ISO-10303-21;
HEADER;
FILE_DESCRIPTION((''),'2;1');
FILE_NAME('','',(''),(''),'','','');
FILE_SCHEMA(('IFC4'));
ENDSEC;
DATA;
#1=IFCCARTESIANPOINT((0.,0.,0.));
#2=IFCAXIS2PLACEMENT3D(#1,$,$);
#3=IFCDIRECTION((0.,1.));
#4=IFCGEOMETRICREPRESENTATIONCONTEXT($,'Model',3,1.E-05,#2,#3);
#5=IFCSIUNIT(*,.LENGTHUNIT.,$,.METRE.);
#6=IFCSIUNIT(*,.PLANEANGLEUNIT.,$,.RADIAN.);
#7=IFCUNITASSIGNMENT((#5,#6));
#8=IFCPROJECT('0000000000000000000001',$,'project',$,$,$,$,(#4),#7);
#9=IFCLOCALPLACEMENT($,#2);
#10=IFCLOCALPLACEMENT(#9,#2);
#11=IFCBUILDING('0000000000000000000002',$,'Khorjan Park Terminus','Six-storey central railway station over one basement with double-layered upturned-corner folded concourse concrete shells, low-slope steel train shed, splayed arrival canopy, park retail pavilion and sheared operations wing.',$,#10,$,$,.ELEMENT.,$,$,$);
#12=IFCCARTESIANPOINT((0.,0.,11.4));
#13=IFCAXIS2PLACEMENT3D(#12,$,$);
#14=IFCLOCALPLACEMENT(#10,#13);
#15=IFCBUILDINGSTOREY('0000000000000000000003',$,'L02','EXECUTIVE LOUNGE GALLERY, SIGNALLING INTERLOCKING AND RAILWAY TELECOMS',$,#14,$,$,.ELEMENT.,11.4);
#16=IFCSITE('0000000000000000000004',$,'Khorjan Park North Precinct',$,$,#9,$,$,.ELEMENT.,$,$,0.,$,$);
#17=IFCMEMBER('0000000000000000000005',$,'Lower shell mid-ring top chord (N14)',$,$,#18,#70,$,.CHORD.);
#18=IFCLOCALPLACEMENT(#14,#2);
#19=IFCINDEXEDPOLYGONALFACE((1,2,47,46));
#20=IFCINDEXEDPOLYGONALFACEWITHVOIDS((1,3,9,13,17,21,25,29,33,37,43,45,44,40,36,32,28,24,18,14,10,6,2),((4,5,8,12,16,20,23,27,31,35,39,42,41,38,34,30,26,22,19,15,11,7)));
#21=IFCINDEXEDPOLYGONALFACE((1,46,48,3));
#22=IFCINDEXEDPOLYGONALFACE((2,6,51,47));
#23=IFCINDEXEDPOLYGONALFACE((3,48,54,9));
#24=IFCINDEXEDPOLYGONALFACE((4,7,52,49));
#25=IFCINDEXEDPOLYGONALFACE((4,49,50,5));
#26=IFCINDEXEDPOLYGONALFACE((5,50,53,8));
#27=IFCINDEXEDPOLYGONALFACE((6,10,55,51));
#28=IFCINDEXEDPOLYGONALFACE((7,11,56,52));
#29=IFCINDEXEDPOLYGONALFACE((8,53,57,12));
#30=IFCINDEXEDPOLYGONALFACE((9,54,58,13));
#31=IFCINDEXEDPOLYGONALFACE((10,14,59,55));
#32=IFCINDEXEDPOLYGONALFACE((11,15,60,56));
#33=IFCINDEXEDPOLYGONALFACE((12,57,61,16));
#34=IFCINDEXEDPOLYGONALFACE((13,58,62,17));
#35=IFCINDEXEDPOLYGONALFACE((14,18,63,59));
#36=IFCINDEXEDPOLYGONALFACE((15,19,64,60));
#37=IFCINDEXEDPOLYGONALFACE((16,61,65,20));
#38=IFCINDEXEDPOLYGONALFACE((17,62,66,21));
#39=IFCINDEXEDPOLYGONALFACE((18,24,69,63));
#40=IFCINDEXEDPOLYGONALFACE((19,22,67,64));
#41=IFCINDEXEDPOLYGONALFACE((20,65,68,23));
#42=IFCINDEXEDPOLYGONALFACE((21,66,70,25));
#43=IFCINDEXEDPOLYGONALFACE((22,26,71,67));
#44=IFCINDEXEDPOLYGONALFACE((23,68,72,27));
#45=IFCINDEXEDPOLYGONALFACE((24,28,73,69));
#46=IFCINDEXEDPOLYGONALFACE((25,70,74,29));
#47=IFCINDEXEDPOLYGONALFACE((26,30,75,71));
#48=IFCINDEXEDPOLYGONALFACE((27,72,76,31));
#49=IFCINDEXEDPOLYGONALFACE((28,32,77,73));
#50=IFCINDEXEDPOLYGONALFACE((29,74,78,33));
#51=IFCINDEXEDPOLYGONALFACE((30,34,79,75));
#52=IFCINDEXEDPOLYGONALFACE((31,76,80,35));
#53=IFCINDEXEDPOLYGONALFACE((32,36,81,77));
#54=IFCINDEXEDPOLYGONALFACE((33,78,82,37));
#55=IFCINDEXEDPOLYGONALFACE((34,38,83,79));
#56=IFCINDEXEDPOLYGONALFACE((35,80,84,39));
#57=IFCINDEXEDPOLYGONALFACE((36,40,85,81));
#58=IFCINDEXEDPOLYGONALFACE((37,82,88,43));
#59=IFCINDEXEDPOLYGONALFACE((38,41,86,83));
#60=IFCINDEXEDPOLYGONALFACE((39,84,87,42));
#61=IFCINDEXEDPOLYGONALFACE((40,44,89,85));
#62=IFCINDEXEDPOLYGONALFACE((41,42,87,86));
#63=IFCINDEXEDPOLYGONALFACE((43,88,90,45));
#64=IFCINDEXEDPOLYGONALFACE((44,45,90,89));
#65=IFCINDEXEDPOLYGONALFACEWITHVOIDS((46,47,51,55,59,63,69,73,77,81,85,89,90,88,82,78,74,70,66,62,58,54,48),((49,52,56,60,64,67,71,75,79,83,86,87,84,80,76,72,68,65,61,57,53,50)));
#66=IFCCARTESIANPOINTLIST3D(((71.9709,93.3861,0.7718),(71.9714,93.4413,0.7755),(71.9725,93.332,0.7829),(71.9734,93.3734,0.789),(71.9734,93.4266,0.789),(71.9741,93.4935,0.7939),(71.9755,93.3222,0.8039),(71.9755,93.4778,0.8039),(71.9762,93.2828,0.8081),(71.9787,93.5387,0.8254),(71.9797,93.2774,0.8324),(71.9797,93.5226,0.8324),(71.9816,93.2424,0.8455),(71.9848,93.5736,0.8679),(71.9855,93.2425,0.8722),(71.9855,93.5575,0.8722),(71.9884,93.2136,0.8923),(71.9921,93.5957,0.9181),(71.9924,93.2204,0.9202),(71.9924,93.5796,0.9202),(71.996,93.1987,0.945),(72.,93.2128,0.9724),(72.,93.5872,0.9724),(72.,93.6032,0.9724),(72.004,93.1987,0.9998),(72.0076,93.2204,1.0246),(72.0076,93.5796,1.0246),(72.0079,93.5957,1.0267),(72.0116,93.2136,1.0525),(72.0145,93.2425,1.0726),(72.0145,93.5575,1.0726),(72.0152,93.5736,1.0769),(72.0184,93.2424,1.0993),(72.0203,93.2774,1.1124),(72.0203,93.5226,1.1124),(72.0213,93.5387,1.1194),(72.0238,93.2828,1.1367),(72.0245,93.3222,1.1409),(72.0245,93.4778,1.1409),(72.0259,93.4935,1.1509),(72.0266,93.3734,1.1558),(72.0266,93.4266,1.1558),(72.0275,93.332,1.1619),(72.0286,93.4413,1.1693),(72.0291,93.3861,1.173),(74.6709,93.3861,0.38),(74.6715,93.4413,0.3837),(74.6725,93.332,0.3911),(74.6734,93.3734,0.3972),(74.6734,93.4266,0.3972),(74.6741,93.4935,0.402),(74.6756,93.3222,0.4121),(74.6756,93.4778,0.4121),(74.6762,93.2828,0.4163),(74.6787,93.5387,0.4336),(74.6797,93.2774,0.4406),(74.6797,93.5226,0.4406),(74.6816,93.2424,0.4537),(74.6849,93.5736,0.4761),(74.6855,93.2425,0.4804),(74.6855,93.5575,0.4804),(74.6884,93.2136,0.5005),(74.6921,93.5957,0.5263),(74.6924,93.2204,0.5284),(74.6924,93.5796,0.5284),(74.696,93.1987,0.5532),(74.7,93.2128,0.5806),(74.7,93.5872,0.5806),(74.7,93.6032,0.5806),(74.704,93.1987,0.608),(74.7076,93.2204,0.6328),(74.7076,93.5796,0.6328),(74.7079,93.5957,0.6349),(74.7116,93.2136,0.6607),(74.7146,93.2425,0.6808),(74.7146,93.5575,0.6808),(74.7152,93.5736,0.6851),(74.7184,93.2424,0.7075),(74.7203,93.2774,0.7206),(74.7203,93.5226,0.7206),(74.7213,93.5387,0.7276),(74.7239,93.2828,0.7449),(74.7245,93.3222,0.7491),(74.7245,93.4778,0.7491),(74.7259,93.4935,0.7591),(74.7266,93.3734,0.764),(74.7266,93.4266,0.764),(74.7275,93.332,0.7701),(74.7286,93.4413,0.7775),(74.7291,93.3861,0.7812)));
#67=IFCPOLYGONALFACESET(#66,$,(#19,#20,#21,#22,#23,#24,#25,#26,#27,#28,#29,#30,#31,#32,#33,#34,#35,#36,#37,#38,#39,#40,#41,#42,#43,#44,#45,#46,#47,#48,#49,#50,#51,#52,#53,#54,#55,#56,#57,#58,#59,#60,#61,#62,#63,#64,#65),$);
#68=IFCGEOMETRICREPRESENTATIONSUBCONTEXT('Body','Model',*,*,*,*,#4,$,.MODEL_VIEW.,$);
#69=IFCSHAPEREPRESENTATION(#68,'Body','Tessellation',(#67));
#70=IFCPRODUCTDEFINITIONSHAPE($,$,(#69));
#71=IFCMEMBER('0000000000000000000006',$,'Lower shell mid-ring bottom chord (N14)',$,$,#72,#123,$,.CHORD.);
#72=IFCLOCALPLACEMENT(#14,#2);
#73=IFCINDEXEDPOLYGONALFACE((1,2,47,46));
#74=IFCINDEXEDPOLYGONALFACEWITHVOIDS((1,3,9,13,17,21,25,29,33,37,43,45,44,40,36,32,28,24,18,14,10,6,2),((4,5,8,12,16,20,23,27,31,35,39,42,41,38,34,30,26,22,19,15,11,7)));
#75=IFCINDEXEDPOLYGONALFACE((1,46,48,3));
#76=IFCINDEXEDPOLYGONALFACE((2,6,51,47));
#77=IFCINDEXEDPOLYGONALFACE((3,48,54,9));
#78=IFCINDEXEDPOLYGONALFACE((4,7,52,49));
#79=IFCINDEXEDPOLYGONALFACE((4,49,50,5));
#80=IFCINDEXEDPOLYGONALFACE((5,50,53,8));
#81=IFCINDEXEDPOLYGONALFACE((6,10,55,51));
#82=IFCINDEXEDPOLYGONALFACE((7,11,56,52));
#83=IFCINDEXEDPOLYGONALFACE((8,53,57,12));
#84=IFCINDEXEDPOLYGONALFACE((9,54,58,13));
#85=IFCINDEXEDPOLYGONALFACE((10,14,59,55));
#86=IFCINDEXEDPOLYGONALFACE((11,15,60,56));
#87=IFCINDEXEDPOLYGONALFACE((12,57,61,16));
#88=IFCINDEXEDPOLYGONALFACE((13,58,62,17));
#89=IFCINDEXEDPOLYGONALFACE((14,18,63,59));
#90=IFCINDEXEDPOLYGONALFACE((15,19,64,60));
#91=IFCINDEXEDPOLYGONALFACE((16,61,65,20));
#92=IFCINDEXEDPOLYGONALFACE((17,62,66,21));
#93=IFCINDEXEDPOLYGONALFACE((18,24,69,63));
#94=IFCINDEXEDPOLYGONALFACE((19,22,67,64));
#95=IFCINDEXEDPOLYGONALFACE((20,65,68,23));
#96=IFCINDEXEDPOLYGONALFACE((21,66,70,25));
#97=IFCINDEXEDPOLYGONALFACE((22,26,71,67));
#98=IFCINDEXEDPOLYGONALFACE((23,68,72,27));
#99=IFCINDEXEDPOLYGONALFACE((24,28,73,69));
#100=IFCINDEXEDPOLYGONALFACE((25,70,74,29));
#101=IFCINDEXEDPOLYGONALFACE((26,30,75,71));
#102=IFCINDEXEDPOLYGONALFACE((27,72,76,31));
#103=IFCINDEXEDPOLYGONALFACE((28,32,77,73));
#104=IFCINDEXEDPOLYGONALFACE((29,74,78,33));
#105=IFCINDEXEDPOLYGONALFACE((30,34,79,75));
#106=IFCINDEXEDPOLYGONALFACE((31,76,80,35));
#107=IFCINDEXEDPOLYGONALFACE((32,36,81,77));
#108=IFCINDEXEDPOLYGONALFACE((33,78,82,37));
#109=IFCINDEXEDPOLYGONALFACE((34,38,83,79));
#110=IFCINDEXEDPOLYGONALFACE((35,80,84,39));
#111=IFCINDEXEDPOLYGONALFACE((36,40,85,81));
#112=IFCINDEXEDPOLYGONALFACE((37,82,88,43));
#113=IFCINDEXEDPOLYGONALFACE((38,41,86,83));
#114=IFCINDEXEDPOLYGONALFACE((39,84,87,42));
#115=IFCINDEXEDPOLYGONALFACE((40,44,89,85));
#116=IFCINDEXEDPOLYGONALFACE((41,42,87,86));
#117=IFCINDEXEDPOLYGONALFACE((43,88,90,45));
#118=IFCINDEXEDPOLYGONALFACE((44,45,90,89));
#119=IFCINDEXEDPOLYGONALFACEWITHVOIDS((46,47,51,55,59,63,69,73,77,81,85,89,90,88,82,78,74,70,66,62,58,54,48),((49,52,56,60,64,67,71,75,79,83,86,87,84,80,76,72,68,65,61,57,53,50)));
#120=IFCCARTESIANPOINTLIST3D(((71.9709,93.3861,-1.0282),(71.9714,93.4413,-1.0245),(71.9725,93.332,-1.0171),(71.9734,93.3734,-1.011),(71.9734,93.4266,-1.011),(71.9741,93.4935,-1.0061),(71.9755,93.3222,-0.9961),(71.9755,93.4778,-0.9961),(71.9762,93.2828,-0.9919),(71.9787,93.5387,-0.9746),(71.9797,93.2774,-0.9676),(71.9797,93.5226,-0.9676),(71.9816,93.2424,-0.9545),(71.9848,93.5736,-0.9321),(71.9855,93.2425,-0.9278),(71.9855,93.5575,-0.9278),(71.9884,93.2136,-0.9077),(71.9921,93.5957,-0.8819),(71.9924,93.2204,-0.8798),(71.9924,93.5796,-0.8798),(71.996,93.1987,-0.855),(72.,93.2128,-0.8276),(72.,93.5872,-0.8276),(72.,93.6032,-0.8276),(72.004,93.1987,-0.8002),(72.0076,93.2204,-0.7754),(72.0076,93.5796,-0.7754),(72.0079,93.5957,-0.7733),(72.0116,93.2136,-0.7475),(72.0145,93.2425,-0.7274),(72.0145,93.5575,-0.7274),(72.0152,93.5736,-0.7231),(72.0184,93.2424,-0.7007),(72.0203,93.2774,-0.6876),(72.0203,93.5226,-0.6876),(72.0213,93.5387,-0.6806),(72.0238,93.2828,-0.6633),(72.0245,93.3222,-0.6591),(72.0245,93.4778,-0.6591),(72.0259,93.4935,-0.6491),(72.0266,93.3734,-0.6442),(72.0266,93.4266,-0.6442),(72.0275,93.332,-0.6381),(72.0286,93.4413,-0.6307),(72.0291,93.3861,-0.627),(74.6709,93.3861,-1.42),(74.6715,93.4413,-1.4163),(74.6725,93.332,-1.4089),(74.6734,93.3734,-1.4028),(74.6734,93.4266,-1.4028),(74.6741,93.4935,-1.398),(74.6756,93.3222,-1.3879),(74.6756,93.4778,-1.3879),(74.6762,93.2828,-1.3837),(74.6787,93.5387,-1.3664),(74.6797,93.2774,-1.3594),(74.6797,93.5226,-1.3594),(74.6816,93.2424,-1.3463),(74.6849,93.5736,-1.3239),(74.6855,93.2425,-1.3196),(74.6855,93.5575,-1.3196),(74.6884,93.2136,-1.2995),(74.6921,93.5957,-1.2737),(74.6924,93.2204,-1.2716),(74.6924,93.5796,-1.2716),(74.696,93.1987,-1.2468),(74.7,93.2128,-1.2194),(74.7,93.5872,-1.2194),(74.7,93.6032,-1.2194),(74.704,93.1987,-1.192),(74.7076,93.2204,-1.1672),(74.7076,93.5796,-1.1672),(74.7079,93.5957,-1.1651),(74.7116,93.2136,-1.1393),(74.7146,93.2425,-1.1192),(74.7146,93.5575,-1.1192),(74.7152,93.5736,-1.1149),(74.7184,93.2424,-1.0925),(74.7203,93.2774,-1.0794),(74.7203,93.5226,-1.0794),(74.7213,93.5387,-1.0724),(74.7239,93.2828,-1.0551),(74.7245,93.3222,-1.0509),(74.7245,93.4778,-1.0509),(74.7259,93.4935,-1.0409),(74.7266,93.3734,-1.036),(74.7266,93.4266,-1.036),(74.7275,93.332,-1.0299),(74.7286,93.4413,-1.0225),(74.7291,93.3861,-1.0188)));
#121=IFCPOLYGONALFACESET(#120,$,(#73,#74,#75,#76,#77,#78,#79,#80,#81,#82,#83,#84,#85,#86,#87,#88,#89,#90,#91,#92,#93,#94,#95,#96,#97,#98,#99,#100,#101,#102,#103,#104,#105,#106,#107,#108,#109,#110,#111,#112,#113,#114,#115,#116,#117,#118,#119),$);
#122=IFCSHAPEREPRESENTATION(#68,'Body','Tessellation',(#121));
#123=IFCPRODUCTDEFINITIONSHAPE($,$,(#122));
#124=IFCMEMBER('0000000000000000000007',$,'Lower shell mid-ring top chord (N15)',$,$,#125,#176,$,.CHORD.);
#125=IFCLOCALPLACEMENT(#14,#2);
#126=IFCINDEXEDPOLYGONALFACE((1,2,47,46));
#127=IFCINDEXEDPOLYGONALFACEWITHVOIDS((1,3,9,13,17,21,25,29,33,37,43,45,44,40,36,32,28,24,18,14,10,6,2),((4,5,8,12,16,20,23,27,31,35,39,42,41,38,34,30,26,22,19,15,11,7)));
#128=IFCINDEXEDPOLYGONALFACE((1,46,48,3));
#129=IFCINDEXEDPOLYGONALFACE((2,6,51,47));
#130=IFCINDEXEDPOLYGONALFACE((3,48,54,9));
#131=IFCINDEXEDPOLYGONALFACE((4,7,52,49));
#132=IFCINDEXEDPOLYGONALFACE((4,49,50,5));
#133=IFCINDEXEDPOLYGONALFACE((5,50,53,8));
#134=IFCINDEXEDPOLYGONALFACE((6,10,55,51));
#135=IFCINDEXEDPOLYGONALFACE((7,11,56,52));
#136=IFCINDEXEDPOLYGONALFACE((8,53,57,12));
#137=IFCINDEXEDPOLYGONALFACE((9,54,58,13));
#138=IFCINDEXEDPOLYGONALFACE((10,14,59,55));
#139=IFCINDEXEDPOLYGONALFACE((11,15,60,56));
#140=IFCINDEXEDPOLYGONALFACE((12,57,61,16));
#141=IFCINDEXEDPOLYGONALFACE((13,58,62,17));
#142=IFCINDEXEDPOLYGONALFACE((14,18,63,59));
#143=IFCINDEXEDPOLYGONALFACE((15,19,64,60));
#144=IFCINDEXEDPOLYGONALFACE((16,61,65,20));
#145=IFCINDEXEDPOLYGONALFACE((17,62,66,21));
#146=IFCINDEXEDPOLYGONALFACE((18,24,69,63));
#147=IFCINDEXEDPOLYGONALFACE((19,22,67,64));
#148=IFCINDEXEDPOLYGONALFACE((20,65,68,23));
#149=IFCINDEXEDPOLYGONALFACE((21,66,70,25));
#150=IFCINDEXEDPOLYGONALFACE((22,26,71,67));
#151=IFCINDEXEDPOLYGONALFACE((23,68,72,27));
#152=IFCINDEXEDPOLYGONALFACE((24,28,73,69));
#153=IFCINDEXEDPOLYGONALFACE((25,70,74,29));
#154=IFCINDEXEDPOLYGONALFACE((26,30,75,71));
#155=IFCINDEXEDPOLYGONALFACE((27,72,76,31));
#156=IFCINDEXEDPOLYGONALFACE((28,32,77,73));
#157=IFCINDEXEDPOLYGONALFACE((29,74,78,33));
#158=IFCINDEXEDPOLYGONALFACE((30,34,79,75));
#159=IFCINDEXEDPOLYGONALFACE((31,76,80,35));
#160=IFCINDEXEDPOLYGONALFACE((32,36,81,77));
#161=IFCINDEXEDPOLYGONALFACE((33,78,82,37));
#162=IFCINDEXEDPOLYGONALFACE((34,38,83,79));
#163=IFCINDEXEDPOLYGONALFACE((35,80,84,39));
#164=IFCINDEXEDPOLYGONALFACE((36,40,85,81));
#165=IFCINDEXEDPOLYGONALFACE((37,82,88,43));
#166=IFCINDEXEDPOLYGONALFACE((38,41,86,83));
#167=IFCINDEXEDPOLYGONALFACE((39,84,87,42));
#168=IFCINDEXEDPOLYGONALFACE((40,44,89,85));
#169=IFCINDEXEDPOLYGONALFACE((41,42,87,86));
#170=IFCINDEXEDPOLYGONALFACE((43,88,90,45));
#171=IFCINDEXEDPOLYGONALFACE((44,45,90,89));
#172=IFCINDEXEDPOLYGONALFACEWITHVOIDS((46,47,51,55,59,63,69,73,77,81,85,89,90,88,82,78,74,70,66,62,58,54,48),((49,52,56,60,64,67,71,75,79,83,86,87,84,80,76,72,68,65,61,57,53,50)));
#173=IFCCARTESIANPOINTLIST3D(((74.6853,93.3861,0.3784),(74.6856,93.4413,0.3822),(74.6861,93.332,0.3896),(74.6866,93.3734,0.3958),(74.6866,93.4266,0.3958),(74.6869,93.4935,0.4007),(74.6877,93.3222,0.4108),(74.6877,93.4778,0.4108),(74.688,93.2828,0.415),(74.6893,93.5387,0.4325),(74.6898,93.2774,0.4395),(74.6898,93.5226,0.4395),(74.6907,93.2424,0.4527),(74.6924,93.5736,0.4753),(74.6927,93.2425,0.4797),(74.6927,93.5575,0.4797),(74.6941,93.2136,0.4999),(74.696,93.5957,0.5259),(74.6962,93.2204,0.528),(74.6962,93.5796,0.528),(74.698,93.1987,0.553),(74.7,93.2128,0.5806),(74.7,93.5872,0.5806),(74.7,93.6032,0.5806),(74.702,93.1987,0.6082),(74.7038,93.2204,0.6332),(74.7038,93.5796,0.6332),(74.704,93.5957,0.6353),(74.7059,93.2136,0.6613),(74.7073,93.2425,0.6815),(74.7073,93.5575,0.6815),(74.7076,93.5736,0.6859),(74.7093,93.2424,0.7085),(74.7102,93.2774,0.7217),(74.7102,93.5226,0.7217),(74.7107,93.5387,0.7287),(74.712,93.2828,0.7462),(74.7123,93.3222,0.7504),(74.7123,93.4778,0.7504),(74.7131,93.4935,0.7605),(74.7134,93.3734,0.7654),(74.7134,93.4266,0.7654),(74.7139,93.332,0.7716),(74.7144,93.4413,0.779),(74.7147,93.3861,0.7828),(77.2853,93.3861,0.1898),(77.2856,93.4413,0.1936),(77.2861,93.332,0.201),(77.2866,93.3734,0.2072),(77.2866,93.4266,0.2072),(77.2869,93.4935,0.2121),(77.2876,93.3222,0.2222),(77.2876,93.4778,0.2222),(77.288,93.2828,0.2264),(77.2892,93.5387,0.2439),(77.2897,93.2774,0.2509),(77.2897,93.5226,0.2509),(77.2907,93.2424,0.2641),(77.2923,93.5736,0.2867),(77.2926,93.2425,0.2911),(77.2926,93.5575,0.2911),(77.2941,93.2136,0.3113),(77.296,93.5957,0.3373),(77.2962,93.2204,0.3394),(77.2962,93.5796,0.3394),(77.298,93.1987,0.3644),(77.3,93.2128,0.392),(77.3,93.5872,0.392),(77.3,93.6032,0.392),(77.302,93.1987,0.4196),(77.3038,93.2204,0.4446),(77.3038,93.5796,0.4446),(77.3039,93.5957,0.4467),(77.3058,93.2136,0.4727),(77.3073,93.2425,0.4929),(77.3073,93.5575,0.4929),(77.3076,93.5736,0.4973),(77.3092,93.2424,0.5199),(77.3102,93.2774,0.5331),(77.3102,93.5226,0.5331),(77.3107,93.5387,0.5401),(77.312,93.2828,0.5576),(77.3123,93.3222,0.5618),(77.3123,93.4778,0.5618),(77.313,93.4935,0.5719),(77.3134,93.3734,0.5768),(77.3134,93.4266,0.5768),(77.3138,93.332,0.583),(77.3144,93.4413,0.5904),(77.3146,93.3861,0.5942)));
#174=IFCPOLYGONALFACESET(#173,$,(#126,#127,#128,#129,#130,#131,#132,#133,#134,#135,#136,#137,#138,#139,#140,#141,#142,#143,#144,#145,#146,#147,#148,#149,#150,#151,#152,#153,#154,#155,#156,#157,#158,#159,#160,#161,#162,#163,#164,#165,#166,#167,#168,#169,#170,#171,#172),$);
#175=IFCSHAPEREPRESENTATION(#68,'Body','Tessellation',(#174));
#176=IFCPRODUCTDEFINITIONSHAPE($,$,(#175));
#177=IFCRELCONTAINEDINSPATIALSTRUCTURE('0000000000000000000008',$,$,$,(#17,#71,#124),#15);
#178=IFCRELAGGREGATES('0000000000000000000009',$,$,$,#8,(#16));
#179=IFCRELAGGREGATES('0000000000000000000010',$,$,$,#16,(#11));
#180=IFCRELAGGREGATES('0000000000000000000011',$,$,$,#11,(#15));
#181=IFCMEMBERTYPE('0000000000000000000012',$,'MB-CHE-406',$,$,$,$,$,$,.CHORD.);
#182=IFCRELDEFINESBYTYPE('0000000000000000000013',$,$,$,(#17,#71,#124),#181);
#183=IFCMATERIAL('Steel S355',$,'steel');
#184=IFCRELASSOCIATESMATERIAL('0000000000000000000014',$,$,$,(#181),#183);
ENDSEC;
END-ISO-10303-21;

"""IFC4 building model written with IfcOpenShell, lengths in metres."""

from ifc_helpers import new_model, si_unit, direction, frame, origin, origin_2d, place, context, subcontext, project, spatial, hollow_circle, extrude, material, material_profile, profile_set, type_object, element, save


model = new_model("IFC4")

# Units and contexts
model_context = context("Model", 3, precision=1e-05, world=origin(), true_north=direction((0.0, 1.0)))
body_context = subcontext(model_context, "Body", "Model", "MODEL_VIEW")
ifc_project = project(units=[si_unit("LENGTHUNIT", "METRE"), si_unit("PLANEANGLEUNIT", "RADIAN")], contexts=[model_context])

# Site, building, storey
site_placement = place(None, origin())
site = spatial("IfcSite", under=ifc_project, at=site_placement, Name="Khorjan Park North Precinct", CompositionType="ELEMENT", RefElevation=0.0)
building_placement = place(site_placement, origin())
building = spatial("IfcBuilding", under=site, at=building_placement, Name="Khorjan Park Terminus", Description="Six-storey central railway station over one basement with double-layered upturned-corner folded concourse concrete shells, low-slope steel train shed, splayed arrival canopy, park retail pavilion and sheared operations wing.", CompositionType="ELEMENT")
storey_placement = place(building_placement, frame((0.0, 0.0, 11.4)))
storey = spatial("IfcBuildingStorey", under=building, at=storey_placement, Name="L02", Description="EXECUTIVE LOUNGE GALLERY, SIGNALLING INTERLOCKING AND RAILWAY TELECOMS", CompositionType="ELEMENT", Elevation=11.4)

# Members
ifc_material_1 = material(Name="Steel S355", Category="steel")
ifc_material_profile_1 = material_profile(ifc_material_1, hollow_circle(Radius=0.2032, WallThickness=0.016, at=origin_2d()), Name="CHS 406.4x16")
ifc_profile_set_1 = profile_set([ifc_material_profile_1], Name="Steel S355")
member_type_1 = type_object("IfcMemberType", Name="MB-CHE-406", PredefinedType="CHORD", material=ifc_profile_set_1)
for number, where, z_axis, x_axis, name in (
    (1, (72.0, 93.4, 0.9724), (0.989635, 0.0, -0.143607), (0.0, 1.0, 0.0), "Lower shell mid-ring top chord (N14)"),
    (2, (72.0, 93.4, -0.8276), (0.989635, 0.0, -0.143607), (0.0, 1.0, 0.0), "Lower shell mid-ring bottom chord (N14)"),
):
    element("IfcMember", number, at=place(storey_placement, frame(where, z_axis=z_axis, x_axis=x_axis)), inside=storey, type_object=member_type_1, Name=name, PredefinedType="CHORD", context=body_context, shape_type="SweptSolid", body=[
        extrude(hollow_circle(Radius=0.2032, WallThickness=0.016, at=origin_2d()), origin(), (0.0, 0.0, 1.0), 2.7283),
    ])
for number, where, z_axis, x_axis, name in (
    (3, (74.7, 93.4, 0.5806), (0.997379, 0.0, -0.072348), (0.0, 1.0, 0.0), "Lower shell mid-ring top chord (N15)"),
):
    element("IfcMember", number, at=place(storey_placement, frame(where, z_axis=z_axis, x_axis=x_axis)), inside=storey, type_object=member_type_1, Name=name, PredefinedType="CHORD", context=body_context, shape_type="SweptSolid", body=[
        extrude(hollow_circle(Radius=0.2032, WallThickness=0.016, at=origin_2d()), origin(), (0.0, 0.0, 1.0), 2.6068),
    ])

save(model, "model.ifc")
